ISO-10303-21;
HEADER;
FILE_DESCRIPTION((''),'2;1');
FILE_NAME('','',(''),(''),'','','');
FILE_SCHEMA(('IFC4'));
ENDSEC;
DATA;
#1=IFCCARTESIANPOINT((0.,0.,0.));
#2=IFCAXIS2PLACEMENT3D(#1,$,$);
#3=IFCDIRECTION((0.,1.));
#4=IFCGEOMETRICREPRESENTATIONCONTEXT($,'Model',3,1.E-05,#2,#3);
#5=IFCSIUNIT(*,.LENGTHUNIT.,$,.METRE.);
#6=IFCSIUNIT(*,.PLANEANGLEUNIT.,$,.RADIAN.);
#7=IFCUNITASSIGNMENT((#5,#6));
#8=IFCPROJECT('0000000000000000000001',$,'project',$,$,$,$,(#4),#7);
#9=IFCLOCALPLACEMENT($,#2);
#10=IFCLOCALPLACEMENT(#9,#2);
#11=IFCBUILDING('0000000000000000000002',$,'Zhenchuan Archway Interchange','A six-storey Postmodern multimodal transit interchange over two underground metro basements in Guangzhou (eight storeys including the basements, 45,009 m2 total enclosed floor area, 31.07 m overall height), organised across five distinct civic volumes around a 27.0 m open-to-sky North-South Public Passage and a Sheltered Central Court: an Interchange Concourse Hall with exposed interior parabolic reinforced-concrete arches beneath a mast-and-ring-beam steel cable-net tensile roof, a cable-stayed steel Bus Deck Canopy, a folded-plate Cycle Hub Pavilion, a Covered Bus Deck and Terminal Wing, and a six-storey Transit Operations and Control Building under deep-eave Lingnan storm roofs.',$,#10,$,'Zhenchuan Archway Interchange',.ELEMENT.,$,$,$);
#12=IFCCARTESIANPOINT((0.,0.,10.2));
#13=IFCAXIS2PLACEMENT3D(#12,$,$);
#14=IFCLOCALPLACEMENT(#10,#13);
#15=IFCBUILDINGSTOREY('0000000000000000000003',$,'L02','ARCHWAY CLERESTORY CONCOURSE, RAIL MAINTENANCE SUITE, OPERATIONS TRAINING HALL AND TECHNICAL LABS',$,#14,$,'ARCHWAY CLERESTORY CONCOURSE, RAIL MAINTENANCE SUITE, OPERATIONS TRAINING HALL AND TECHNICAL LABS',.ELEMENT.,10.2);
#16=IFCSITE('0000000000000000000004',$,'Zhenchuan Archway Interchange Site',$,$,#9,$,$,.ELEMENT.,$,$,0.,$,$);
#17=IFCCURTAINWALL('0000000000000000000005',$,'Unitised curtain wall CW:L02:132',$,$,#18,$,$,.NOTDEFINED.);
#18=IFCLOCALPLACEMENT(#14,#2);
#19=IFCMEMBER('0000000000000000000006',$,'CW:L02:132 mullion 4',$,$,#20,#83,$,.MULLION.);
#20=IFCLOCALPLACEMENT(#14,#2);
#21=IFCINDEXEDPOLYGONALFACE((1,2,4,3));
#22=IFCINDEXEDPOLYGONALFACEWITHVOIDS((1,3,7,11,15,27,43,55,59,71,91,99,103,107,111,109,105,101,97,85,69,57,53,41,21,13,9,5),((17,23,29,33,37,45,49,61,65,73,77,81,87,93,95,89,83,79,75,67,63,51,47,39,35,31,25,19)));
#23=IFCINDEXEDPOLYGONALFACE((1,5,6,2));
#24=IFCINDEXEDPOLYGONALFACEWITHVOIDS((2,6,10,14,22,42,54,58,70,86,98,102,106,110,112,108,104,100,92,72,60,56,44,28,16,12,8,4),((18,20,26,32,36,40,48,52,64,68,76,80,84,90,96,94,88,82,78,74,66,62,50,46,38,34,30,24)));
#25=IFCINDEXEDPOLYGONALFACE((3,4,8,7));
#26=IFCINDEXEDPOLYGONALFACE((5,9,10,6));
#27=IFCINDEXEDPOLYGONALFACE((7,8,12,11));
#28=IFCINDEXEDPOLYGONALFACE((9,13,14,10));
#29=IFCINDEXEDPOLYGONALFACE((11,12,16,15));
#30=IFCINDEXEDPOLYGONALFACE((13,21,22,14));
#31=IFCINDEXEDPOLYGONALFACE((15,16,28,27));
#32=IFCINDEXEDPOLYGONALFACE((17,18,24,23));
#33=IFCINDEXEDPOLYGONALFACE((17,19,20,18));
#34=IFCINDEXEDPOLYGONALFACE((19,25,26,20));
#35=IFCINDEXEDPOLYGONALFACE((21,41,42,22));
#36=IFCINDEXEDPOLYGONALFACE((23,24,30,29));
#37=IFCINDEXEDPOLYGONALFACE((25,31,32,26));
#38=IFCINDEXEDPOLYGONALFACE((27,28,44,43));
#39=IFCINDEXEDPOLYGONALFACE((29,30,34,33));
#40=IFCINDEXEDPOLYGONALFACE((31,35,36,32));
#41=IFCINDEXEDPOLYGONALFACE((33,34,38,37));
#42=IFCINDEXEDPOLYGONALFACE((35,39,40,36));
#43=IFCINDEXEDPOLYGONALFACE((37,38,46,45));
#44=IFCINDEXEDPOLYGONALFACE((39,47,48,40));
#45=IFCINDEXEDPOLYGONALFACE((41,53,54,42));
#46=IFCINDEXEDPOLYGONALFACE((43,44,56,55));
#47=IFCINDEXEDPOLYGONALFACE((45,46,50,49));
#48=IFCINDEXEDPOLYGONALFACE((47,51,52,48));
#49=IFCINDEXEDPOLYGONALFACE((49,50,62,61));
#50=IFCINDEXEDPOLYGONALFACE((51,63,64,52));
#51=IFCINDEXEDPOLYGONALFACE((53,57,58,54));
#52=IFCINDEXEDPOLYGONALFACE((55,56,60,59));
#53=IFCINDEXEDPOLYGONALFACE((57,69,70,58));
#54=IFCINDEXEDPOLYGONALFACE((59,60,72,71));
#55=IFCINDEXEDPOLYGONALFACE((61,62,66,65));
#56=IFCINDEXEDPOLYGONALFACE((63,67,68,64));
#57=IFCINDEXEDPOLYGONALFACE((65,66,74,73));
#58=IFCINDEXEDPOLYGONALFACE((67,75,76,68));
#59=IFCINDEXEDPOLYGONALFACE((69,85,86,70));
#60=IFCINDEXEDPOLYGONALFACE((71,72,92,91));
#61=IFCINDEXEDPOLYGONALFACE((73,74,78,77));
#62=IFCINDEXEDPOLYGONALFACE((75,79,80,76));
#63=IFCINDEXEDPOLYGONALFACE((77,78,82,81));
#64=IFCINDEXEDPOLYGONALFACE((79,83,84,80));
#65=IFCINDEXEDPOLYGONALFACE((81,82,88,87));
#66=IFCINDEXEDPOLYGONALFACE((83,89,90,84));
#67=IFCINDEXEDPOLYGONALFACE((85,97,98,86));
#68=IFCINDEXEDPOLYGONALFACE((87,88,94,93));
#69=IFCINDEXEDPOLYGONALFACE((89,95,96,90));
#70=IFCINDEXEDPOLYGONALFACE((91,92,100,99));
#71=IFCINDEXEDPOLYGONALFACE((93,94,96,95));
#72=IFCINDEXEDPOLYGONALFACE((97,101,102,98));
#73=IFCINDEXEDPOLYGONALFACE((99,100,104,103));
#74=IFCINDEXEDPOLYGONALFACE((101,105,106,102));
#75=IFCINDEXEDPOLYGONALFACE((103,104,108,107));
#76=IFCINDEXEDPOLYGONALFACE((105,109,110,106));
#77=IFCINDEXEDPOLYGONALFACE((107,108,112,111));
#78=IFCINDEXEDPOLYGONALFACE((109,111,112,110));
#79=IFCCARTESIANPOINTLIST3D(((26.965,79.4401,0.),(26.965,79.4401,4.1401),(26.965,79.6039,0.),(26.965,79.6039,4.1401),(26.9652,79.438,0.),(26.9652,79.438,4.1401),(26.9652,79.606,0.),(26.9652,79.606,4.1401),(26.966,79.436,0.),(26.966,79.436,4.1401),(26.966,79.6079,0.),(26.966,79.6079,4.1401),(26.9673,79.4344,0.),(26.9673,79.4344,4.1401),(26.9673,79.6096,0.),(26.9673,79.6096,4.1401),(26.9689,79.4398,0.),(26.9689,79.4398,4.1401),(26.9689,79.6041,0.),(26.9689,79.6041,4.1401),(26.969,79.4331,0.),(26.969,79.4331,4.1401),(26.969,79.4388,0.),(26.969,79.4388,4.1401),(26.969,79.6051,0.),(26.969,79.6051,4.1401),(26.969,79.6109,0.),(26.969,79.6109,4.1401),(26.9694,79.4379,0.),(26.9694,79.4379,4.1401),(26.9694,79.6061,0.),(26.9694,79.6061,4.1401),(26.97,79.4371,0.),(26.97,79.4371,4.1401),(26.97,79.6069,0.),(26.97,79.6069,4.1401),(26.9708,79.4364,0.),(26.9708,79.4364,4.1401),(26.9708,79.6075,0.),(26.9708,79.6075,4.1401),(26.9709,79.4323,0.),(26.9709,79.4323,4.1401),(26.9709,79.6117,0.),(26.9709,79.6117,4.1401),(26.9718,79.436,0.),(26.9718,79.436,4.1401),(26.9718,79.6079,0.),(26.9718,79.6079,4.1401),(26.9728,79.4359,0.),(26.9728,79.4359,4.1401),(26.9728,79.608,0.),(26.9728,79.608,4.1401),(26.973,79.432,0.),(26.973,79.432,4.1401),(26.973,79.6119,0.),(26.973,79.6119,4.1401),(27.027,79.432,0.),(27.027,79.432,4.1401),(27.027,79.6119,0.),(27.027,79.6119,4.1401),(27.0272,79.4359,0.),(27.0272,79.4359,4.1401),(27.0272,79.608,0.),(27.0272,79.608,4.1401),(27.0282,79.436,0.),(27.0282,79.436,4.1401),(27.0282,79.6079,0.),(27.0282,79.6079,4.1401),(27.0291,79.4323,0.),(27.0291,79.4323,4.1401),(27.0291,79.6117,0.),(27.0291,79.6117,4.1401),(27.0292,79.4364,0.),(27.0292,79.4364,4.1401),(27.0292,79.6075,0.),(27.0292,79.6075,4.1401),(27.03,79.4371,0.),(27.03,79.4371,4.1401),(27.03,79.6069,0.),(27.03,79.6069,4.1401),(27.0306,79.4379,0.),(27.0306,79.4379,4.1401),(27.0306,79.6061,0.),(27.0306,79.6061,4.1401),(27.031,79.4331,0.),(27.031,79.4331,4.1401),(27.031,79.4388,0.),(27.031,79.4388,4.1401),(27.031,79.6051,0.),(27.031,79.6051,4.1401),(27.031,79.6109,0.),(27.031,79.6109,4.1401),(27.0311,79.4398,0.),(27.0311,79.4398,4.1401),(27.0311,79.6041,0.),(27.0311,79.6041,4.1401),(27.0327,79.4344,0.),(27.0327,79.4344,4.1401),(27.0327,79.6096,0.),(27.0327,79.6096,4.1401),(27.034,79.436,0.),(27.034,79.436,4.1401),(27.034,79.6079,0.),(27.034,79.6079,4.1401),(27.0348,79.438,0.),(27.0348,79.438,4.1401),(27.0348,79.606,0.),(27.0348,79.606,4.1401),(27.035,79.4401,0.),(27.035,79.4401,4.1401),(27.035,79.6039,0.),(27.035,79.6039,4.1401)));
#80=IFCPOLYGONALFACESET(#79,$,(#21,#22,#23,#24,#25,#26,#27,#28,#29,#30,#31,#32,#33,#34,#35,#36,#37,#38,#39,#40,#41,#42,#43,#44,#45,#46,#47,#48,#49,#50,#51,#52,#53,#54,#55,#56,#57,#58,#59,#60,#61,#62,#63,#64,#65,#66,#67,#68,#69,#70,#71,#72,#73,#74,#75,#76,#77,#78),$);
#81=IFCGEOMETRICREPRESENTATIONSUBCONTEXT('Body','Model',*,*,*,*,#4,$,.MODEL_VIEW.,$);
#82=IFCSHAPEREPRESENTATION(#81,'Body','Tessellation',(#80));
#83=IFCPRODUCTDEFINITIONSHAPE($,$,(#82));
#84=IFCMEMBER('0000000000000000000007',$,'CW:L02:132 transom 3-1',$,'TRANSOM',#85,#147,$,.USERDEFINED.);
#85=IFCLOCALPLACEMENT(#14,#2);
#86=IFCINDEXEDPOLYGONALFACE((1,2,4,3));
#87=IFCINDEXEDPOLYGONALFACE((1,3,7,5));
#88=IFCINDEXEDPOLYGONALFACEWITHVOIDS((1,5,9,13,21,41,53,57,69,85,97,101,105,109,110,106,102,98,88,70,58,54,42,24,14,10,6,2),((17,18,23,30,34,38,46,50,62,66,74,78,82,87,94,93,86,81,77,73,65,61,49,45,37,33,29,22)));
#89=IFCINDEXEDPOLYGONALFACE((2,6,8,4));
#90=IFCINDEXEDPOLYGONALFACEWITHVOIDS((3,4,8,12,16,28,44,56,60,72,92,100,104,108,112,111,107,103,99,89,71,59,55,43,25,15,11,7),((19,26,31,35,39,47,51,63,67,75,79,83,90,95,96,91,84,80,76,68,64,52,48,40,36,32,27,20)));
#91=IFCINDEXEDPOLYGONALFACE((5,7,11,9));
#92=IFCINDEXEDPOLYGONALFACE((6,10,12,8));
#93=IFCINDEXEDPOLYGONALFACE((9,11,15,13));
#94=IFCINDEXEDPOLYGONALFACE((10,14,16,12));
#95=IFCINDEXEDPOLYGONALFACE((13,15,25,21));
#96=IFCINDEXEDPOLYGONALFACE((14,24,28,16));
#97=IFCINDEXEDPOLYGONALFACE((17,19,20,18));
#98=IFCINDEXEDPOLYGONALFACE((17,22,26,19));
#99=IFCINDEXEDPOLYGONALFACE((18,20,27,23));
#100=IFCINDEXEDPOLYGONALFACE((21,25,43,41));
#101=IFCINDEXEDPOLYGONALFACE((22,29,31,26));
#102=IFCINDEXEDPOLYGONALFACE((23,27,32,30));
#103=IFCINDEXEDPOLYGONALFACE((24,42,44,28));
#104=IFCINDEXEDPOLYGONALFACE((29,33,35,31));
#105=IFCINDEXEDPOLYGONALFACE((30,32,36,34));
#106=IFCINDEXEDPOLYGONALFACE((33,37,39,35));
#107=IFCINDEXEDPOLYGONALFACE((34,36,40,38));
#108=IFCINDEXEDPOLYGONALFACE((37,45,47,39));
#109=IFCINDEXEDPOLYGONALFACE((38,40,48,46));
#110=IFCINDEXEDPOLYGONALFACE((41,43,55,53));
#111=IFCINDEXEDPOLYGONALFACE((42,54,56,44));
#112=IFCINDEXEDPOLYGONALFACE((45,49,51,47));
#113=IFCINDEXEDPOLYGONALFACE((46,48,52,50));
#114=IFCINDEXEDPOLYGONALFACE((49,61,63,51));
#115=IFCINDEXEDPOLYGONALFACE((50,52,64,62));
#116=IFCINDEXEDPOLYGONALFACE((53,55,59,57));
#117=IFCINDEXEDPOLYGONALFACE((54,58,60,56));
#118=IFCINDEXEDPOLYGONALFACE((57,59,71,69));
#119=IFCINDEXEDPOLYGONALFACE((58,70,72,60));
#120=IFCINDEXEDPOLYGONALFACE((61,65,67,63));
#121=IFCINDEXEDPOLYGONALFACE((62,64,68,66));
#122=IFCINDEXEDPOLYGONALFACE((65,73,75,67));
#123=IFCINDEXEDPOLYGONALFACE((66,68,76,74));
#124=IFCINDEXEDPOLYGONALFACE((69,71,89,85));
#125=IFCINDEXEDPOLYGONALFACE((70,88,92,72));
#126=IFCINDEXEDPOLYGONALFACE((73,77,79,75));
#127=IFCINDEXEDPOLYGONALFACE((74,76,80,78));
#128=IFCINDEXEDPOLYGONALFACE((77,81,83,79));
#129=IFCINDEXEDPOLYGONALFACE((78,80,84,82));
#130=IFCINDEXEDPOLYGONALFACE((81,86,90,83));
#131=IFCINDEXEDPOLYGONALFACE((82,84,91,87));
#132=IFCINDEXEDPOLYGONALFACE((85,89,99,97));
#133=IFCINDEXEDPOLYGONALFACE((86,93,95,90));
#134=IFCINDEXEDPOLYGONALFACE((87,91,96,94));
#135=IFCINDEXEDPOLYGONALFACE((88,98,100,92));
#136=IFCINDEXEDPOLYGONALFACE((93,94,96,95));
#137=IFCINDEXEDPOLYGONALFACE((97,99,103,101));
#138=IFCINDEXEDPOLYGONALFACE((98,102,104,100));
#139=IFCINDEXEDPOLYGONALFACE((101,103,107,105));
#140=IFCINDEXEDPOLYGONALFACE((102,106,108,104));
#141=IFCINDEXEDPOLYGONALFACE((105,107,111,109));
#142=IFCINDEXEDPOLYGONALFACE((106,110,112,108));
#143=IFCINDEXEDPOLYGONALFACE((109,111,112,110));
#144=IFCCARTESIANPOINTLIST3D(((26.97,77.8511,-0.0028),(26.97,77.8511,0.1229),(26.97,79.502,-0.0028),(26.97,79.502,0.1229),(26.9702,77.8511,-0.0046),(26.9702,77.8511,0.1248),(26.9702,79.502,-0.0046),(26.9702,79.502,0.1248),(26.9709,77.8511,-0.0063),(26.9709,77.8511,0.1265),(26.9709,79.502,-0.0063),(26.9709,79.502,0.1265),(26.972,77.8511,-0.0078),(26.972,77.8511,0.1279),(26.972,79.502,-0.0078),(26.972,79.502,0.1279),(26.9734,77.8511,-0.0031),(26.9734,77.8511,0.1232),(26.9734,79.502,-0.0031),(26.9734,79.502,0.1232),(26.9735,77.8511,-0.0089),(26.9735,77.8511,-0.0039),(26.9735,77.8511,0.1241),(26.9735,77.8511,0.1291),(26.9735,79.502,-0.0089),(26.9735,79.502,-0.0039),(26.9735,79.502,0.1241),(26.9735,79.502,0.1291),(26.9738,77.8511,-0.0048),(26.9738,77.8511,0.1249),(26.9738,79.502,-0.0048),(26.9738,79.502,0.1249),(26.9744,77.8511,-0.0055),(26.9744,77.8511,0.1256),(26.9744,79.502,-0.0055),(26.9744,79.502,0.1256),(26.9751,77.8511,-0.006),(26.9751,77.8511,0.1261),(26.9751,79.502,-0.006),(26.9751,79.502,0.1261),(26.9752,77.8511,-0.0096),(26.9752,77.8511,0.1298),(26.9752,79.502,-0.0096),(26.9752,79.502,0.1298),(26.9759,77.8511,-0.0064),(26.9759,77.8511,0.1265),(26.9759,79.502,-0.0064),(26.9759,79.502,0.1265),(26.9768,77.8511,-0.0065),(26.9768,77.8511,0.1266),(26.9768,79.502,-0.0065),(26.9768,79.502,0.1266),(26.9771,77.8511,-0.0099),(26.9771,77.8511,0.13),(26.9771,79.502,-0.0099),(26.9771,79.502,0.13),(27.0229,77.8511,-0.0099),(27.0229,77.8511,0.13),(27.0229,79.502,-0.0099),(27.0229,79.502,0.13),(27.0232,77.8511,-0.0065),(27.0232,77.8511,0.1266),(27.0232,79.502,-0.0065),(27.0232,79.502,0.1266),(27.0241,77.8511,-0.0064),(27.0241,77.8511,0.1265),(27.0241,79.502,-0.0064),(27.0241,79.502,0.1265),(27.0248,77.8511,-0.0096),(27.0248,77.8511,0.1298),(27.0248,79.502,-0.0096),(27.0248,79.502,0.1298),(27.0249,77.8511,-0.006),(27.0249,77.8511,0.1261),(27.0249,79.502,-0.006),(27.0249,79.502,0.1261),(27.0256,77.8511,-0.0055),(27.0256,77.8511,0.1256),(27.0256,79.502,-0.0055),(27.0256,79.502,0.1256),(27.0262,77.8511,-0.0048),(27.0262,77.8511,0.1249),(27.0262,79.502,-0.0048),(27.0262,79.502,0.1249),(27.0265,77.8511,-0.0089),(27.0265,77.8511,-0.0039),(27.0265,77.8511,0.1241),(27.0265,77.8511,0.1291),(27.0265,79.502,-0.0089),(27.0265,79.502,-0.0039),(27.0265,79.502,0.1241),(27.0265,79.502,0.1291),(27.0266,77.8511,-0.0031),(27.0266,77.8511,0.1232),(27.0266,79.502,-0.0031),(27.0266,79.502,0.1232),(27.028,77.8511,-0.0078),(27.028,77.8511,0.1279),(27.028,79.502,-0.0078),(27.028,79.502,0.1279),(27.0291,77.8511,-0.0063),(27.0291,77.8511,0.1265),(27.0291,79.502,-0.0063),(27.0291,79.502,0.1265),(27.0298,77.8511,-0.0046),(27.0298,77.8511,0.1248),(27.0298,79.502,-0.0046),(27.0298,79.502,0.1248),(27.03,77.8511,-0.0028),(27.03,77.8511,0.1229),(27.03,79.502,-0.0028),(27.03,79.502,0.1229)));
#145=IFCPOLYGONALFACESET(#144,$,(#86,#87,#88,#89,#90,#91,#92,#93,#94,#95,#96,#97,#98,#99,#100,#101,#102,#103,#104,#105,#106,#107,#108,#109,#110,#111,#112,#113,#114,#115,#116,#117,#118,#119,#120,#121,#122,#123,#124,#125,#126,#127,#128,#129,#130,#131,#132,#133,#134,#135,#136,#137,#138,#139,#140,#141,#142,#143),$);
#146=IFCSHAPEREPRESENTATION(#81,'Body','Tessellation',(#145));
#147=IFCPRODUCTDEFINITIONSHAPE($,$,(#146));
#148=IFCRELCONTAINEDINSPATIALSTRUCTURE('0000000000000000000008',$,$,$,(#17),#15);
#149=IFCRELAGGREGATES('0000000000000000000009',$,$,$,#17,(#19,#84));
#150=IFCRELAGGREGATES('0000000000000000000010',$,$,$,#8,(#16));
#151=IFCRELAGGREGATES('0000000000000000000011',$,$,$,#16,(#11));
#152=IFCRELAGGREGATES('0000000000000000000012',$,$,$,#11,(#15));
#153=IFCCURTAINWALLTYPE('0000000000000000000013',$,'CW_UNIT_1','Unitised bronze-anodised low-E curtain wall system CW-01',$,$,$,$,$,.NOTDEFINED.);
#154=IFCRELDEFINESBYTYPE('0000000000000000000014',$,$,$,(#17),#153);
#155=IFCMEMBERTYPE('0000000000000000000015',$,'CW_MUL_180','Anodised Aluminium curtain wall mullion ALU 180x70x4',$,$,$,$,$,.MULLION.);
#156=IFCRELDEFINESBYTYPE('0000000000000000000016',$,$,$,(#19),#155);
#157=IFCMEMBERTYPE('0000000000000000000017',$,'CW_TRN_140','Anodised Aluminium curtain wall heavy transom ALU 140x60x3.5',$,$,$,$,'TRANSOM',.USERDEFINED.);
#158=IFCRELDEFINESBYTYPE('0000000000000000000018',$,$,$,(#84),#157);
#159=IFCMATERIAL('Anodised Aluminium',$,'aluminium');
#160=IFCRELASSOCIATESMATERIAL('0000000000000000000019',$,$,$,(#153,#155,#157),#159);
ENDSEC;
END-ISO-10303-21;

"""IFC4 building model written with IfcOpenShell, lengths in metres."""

from ifc_helpers import new_model, si_unit, direction, frame, origin, origin_2d, place, context, subcontext, project, spatial, hollow_rectangle, extrude, material, material_profile, profile_set, type_object, element, aggregate, save


model = new_model("IFC4")

# Units and contexts
model_context = context("Model", 3, precision=1e-05, world=origin(), true_north=direction((0.0, 1.0)))
body_context = subcontext(model_context, "Body", "Model", "MODEL_VIEW")
ifc_project = project(units=[si_unit("LENGTHUNIT", "METRE"), si_unit("PLANEANGLEUNIT", "RADIAN")], contexts=[model_context])

# Site, building, storey
site_placement = place(None, origin())
site = spatial("IfcSite", under=ifc_project, at=site_placement, Name="Zhenchuan Archway Interchange Site", CompositionType="ELEMENT", RefElevation=0.0)
building_placement = place(site_placement, origin())
building = spatial("IfcBuilding", under=site, at=building_placement, Name="Zhenchuan Archway Interchange", Description="A six-storey Postmodern multimodal transit interchange over two underground metro basements in Guangzhou (eight storeys including the basements, 45,009 m2 total enclosed floor area, 31.07 m overall height), organised across five distinct civic volumes around a 27.0 m open-to-sky North-South Public Passage and a Sheltered Central Court: an Interchange Concourse Hall with exposed interior parabolic reinforced-concrete arches beneath a mast-and-ring-beam steel cable-net tensile roof, a cable-stayed steel Bus Deck Canopy, a folded-plate Cycle Hub Pavilion, a Covered Bus Deck and Terminal Wing, and a six-storey Transit Operations and Control Building under deep-eave Lingnan storm roofs.", LongName="Zhenchuan Archway Interchange", CompositionType="ELEMENT")
storey_placement = place(building_placement, frame((0.0, 0.0, 10.2)))
storey = spatial("IfcBuildingStorey", under=building, at=storey_placement, Name="L02", Description="ARCHWAY CLERESTORY CONCOURSE, RAIL MAINTENANCE SUITE, OPERATIONS TRAINING HALL AND TECHNICAL LABS", LongName="ARCHWAY CLERESTORY CONCOURSE, RAIL MAINTENANCE SUITE, OPERATIONS TRAINING HALL AND TECHNICAL LABS", CompositionType="ELEMENT", Elevation=10.2)

# Curtain wall, members
ifc_material_1 = material(Name="Anodised Aluminium", Category="aluminium")
curtain_wall_type = type_object("IfcCurtainWallType", Name="CW_UNIT_1", Description="Unitised bronze-anodised low-E curtain wall system CW-01", PredefinedType="NOTDEFINED", material=ifc_material_1)
curtain_wall_placement = place(storey_placement, origin())
curtain_wall = element("IfcCurtainWall", 1, at=curtain_wall_placement, inside=storey, type_object=curtain_wall_type, Name="Unitised curtain wall CW:L02:132", PredefinedType="NOTDEFINED")
ifc_material_profile_1 = material_profile(ifc_material_1, hollow_rectangle(XDim=0.0701, YDim=0.1799, WallThickness=0.0039, InnerFilletRadius=0.0039, OuterFilletRadius=0.0081, at=origin_2d()), Name="ALU 180x70x4")
ifc_profile_set_1 = profile_set([ifc_material_profile_1], Name="Anodised Aluminium")
member_type_1 = type_object("IfcMemberType", Name="CW_MUL_180", Description="Anodised Aluminium curtain wall mullion ALU 180x70x4", PredefinedType="MULLION", material=ifc_profile_set_1)
member_1_placement = place(storey_placement, frame((27.0, 79.522, 0.0), z_axis=(0.0, 0.0, 1.0), x_axis=(1.0, 0.0, 0.0)))
member_1 = element("IfcMember", 2, at=member_1_placement, type_object=member_type_1, Name="CW:L02:132 mullion 4", PredefinedType="MULLION", context=body_context, shape_type="SweptSolid", body=[
    extrude(hollow_rectangle(XDim=0.0701, YDim=0.1799, WallThickness=0.0039, InnerFilletRadius=0.0039, OuterFilletRadius=0.0081, at=origin_2d()), origin(), (0.0, 0.0, 1.0), 4.1401),
])
ifc_material_profile_2 = material_profile(ifc_material_1, hollow_rectangle(XDim=0.0601, YDim=0.1399, WallThickness=0.0034, InnerFilletRadius=0.0034, OuterFilletRadius=0.0071, at=origin_2d()), Name="ALU 140x60x3.5")
ifc_profile_set_2 = profile_set([ifc_material_profile_2], Name="Anodised Aluminium")
member_type_2 = type_object("IfcMemberType", Name="CW_TRN_140", Description="Anodised Aluminium curtain wall heavy transom ALU 140x60x3.5", ElementType="TRANSOM", PredefinedType="USERDEFINED", material=ifc_profile_set_2)
member_2_placement = place(storey_placement, frame((27.0, 77.8511, 0.0601), z_axis=(0.0, 1.0, 0.0), x_axis=(-1.0, 0.0, 0.0)))
member_2 = element("IfcMember", 3, at=member_2_placement, type_object=member_type_2, Name="CW:L02:132 transom 3-1", ObjectType="TRANSOM", PredefinedType="USERDEFINED", context=body_context, shape_type="SweptSolid", body=[
    extrude(hollow_rectangle(XDim=0.0601, YDim=0.1399, WallThickness=0.0034, InnerFilletRadius=0.0034, OuterFilletRadius=0.0071, at=origin_2d()), origin(), (0.0, 0.0, 1.0), 1.6509),
])

aggregate(curtain_wall, [member_1, member_2])

save(model, "model.ifc")
